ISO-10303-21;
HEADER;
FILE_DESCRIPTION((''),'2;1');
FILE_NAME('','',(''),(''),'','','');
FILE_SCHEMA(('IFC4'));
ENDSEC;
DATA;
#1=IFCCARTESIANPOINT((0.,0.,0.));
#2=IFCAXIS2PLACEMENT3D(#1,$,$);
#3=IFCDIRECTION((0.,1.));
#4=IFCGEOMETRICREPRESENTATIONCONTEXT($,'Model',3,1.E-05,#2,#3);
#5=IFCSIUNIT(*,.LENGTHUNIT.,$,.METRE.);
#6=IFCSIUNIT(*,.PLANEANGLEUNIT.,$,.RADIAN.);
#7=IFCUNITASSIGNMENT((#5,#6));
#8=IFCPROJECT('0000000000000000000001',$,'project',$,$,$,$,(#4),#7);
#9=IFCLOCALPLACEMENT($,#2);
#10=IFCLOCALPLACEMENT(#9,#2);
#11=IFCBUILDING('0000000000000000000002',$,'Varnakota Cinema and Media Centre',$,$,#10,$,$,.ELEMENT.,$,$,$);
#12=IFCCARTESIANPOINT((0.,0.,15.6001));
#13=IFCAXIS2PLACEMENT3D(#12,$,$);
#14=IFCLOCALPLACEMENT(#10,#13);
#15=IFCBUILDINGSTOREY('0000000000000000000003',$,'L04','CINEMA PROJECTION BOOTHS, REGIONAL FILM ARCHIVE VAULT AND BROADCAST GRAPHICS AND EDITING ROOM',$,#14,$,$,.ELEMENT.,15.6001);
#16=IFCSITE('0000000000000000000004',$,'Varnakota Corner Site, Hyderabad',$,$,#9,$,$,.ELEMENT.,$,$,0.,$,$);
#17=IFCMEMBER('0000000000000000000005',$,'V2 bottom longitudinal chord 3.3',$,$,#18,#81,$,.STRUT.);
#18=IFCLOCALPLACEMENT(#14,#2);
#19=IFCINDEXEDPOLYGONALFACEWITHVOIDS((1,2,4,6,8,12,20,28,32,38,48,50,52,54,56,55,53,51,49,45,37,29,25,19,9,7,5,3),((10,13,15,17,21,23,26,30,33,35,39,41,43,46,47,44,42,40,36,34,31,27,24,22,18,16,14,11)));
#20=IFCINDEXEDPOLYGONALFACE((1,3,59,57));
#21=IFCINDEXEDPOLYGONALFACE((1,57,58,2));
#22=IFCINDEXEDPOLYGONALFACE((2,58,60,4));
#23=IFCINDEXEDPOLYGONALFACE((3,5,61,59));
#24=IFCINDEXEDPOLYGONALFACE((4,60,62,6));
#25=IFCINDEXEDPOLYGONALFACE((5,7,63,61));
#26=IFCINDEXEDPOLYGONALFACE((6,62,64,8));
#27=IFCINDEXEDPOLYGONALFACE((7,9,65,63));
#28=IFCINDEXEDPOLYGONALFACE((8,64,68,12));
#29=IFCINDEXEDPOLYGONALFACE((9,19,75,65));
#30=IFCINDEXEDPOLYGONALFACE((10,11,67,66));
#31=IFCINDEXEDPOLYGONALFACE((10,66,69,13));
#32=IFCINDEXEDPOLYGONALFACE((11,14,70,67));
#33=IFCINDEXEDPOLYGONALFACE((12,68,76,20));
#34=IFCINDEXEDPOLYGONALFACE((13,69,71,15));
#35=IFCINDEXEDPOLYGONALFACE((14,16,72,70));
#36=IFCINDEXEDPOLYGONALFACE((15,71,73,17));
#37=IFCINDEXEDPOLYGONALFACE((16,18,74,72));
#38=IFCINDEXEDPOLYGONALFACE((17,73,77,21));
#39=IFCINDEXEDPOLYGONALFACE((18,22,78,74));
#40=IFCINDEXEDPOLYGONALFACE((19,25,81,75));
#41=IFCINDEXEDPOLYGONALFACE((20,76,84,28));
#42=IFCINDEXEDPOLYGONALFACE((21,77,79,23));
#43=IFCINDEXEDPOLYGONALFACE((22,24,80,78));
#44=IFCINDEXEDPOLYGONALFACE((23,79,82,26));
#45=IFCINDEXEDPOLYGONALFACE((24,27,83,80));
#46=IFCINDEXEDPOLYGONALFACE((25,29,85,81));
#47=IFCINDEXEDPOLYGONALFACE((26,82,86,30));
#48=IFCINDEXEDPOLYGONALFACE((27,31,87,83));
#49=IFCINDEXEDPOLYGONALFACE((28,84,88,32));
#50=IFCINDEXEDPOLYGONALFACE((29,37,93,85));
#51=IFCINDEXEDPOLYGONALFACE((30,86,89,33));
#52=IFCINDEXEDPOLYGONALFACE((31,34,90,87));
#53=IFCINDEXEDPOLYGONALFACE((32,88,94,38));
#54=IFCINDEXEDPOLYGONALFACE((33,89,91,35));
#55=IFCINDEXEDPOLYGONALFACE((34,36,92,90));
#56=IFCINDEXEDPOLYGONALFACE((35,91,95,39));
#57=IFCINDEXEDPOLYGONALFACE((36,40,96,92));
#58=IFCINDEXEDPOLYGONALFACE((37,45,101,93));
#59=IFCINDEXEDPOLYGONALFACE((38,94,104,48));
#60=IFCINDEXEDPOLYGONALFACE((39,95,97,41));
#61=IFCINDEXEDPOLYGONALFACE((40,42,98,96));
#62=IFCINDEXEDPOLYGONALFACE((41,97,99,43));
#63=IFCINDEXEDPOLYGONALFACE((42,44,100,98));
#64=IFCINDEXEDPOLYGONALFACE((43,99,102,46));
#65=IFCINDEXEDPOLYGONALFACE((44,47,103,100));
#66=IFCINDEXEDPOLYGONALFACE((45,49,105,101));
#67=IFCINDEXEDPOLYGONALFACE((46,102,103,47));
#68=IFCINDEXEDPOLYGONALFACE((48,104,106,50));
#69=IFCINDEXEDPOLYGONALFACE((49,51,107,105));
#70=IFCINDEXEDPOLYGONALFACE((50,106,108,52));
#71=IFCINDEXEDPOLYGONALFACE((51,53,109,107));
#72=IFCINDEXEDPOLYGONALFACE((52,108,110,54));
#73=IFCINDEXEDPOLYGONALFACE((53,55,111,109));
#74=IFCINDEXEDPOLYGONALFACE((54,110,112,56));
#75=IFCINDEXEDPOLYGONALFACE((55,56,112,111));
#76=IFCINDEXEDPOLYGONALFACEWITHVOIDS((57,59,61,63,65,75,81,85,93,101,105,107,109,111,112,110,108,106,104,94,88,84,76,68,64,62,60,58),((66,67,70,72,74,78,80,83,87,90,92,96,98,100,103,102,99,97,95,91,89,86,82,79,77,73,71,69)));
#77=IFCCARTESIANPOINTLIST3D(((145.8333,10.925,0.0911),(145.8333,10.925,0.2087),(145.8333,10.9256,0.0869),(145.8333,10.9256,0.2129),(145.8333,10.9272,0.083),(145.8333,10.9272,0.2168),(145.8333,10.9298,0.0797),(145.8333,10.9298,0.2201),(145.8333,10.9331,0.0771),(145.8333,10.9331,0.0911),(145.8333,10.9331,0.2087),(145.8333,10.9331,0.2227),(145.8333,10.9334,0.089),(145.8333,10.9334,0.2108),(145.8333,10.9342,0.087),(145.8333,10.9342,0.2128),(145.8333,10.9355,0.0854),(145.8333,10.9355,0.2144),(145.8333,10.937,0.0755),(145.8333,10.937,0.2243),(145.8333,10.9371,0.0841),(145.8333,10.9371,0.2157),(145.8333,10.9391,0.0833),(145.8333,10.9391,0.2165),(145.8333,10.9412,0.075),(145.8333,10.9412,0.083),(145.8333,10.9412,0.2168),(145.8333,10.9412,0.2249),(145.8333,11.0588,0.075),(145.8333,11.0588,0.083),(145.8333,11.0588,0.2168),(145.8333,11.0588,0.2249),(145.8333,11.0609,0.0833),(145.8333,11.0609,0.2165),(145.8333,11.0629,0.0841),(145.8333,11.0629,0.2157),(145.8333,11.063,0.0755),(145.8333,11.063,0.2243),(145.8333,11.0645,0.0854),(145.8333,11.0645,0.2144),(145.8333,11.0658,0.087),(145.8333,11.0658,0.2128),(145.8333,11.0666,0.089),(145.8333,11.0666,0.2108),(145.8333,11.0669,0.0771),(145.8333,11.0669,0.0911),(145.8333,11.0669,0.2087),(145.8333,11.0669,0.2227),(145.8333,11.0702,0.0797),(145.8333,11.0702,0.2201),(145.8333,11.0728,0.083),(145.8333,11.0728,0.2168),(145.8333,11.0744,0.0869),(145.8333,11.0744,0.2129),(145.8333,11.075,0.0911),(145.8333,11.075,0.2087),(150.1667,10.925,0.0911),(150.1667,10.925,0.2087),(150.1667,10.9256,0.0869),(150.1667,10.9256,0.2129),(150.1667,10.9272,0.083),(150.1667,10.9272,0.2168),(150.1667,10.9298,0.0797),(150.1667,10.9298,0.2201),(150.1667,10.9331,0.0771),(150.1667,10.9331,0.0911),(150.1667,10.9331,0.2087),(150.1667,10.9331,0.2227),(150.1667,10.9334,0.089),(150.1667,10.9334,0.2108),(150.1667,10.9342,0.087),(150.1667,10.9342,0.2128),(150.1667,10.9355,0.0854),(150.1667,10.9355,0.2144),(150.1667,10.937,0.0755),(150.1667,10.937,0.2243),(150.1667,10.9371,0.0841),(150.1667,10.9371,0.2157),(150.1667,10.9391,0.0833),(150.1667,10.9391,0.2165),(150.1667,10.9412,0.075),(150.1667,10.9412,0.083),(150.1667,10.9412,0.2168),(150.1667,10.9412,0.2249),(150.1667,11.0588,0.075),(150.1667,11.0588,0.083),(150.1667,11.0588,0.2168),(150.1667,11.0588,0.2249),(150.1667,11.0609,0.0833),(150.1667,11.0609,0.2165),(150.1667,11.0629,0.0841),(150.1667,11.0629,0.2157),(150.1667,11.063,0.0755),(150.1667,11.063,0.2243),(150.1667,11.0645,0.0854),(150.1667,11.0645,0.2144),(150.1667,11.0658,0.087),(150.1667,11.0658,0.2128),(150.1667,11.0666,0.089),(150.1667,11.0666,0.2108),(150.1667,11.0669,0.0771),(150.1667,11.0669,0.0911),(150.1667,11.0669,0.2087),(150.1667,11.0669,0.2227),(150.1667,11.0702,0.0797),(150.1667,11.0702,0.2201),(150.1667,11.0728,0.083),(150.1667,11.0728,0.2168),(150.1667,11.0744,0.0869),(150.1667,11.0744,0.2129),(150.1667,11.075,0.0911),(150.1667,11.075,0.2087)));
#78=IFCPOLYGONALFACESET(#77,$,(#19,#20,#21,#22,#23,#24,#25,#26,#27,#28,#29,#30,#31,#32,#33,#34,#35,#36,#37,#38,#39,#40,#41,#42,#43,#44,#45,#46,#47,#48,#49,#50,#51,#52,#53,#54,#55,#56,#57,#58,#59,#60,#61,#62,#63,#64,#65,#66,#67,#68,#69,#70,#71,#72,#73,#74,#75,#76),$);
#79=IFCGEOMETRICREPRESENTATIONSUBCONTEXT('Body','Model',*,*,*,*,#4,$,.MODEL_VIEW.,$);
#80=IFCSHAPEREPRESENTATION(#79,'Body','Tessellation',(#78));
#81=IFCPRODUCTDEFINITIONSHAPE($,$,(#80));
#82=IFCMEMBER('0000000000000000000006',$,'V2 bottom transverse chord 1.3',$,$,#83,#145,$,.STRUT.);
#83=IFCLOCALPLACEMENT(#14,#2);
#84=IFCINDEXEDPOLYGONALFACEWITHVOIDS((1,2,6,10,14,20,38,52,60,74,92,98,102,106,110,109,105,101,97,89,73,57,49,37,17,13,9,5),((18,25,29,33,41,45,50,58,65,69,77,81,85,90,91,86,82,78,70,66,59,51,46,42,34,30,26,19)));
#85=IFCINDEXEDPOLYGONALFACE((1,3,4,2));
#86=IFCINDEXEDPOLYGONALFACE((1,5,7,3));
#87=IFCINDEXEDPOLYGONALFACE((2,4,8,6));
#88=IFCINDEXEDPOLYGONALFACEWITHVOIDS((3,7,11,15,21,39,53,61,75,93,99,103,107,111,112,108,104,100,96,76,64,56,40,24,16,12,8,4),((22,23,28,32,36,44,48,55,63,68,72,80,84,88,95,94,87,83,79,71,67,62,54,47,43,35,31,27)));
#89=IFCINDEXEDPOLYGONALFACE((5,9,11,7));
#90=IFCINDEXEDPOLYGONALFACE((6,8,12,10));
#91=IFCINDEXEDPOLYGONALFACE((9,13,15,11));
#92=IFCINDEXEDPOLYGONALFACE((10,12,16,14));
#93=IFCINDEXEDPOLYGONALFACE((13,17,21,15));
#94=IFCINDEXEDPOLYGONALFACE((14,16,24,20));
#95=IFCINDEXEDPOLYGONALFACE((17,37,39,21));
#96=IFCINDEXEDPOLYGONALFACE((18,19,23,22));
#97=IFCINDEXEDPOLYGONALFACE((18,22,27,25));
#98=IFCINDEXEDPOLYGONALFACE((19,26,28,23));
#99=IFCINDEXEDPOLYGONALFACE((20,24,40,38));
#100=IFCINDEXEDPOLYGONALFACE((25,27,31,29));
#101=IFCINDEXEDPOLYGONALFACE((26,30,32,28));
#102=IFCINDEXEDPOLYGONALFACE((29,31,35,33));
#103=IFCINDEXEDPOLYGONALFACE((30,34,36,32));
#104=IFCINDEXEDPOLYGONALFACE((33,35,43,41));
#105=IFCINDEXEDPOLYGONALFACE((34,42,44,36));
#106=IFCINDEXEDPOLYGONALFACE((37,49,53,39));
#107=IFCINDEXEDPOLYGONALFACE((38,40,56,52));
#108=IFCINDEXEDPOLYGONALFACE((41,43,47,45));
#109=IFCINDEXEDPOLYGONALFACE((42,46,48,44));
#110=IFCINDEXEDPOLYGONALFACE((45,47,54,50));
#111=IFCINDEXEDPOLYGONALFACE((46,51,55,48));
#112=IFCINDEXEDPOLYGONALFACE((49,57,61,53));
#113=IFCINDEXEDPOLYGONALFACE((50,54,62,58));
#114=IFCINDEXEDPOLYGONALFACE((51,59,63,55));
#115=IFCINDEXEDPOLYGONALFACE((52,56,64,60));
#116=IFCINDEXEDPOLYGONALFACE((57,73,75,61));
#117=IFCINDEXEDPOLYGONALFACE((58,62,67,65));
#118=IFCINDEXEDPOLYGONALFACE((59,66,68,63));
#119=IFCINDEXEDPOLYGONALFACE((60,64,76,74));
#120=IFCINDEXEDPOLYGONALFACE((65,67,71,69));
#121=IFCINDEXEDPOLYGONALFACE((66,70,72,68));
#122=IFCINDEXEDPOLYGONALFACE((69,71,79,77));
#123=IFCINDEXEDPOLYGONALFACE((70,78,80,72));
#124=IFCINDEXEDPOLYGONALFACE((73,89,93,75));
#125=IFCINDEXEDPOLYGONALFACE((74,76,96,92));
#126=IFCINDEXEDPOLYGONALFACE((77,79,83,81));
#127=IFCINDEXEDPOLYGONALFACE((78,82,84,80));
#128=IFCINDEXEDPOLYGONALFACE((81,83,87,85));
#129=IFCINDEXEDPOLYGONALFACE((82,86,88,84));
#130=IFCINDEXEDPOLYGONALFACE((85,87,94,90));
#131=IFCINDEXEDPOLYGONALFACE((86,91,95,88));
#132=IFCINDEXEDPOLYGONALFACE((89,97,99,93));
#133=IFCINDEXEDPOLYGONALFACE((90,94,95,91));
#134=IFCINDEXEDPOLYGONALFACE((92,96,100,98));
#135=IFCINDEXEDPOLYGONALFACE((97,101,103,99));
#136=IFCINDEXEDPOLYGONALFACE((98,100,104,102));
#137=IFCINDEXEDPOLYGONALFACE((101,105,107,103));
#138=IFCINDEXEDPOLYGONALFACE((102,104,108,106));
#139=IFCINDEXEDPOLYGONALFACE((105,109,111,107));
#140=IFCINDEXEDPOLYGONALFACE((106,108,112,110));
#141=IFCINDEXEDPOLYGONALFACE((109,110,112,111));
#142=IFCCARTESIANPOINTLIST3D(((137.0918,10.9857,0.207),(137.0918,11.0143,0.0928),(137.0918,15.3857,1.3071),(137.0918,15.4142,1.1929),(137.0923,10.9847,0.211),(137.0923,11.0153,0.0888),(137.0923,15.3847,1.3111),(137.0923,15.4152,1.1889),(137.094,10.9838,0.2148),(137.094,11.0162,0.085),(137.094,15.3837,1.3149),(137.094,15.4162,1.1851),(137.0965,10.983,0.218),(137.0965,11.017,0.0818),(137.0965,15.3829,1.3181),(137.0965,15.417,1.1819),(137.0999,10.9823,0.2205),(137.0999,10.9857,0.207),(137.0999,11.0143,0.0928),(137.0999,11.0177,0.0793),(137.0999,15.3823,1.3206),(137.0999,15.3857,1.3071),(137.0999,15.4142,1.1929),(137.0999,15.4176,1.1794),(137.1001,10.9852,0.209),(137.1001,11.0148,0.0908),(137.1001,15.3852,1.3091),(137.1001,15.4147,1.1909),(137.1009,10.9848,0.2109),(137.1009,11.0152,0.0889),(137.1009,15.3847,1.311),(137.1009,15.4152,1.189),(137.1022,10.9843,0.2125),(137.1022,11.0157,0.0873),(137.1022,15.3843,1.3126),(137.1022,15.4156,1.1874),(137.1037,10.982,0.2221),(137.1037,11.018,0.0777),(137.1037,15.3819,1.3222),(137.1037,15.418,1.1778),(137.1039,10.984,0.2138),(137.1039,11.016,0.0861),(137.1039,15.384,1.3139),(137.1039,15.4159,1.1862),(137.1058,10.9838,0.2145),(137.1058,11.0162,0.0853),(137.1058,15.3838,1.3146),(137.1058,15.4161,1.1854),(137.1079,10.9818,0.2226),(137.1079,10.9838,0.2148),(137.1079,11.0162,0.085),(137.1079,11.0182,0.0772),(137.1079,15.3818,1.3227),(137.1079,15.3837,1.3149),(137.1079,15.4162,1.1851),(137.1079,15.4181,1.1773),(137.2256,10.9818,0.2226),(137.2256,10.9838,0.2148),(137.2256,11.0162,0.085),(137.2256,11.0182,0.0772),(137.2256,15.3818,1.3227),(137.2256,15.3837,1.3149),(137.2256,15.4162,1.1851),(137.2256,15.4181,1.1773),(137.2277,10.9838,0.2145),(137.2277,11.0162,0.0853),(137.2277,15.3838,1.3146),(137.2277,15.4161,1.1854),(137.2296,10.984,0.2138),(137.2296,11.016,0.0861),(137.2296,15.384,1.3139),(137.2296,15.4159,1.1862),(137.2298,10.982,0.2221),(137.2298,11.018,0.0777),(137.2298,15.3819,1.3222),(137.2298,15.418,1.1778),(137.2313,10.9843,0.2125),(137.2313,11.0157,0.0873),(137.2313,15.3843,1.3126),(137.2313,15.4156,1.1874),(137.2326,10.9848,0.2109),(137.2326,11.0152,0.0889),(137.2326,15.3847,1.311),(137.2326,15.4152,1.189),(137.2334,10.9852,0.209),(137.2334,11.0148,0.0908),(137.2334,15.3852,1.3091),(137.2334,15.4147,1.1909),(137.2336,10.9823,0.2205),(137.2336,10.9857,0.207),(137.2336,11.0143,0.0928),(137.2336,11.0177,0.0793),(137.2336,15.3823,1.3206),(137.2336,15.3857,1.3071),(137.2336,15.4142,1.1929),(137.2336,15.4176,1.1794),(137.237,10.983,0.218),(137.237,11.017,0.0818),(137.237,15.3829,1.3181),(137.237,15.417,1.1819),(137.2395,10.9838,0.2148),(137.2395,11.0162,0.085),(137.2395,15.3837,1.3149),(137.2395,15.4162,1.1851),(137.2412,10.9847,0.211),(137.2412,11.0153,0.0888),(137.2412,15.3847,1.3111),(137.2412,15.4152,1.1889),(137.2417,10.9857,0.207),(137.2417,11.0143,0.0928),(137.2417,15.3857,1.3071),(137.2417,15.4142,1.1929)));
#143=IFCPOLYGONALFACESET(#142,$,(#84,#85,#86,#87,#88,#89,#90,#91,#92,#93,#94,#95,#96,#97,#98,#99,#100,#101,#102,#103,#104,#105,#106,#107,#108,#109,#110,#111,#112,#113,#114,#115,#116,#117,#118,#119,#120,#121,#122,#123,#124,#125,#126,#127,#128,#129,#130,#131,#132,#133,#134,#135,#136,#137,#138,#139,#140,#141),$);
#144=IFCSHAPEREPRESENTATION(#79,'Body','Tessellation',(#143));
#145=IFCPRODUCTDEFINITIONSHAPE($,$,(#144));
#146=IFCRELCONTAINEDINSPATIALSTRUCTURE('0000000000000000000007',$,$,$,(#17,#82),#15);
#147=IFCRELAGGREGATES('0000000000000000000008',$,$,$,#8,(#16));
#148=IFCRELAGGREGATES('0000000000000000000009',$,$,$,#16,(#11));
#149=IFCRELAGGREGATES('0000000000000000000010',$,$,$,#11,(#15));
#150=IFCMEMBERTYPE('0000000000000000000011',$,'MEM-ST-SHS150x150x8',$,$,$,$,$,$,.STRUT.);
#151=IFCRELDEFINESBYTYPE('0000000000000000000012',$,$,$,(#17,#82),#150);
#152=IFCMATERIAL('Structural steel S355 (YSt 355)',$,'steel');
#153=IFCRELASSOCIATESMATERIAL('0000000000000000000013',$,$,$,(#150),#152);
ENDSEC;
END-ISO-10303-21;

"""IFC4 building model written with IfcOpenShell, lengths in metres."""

from ifc_helpers import new_model, si_unit, direction, frame, origin, origin_2d, place, context, subcontext, project, spatial, hollow_rectangle, extrude, material, material_profile, profile_set, type_object, element, save


model = new_model("IFC4")

# Units and contexts
model_context = context("Model", 3, precision=1e-05, world=origin(), true_north=direction((0.0, 1.0)))
body_context = subcontext(model_context, "Body", "Model", "MODEL_VIEW")
ifc_project = project(units=[si_unit("LENGTHUNIT", "METRE"), si_unit("PLANEANGLEUNIT", "RADIAN")], contexts=[model_context])

# Site, building, storey
site_placement = place(None, origin())
site = spatial("IfcSite", under=ifc_project, at=site_placement, Name="Varnakota Corner Site, Hyderabad", CompositionType="ELEMENT", RefElevation=0.0)
building_placement = place(site_placement, origin())
building = spatial("IfcBuilding", under=site, at=building_placement, Name="Varnakota Cinema and Media Centre", CompositionType="ELEMENT")
storey_placement = place(building_placement, frame((0.0, 0.0, 15.6001)))
storey = spatial("IfcBuildingStorey", under=building, at=storey_placement, Name="L04", Description="CINEMA PROJECTION BOOTHS, REGIONAL FILM ARCHIVE VAULT AND BROADCAST GRAPHICS AND EDITING ROOM", CompositionType="ELEMENT", Elevation=15.6001)

# Members
ifc_material_1 = material(Name="Structural steel S355 (YSt 355)", Category="steel")
ifc_material_profile_1 = material_profile(ifc_material_1, hollow_rectangle(XDim=0.1499, YDim=0.1499, WallThickness=0.0081, InnerFilletRadius=0.0081, OuterFilletRadius=0.0161, at=origin_2d()), Name="SHS 150x150x8")
ifc_profile_set_1 = profile_set([ifc_material_profile_1], Name="Structural steel S355 (YSt 355)")
member_type_1 = type_object("IfcMemberType", Name="MEM-ST-SHS150x150x8", PredefinedType="STRUT", material=ifc_profile_set_1)
member_1_placement = place(storey_placement, frame((145.8333, 11.0, 0.1499), z_axis=(1.0, 0.0, 0.0), x_axis=(0.0, 1.0, 0.0)))
element("IfcMember", 1, at=member_1_placement, inside=storey, type_object=member_type_1, Name="V2 bottom longitudinal chord 3.3", PredefinedType="STRUT", context=body_context, shape_type="SweptSolid", body=[
    extrude(hollow_rectangle(XDim=0.1499, YDim=0.1499, WallThickness=0.0081, InnerFilletRadius=0.0081, OuterFilletRadius=0.0161, at=origin_2d()), origin(), (0.0, 0.0, 1.0), 4.3335),
])
member_2_placement = place(storey_placement, frame((137.1667, 11.0, 0.1499), z_axis=(0.0, 0.970136, 0.242561), x_axis=(-1.0, 0.0, 0.0)))
element("IfcMember", 2, at=member_2_placement, inside=storey, type_object=member_type_1, Name="V2 bottom transverse chord 1.3", PredefinedType="STRUT", context=body_context, shape_type="SweptSolid", body=[
    extrude(hollow_rectangle(XDim=0.1499, YDim=0.1499, WallThickness=0.0081, InnerFilletRadius=0.0081, OuterFilletRadius=0.0161, at=origin_2d()), origin(), (0.0, 0.0, 1.0), 4.5354),
])

save(model, "model.ifc")
